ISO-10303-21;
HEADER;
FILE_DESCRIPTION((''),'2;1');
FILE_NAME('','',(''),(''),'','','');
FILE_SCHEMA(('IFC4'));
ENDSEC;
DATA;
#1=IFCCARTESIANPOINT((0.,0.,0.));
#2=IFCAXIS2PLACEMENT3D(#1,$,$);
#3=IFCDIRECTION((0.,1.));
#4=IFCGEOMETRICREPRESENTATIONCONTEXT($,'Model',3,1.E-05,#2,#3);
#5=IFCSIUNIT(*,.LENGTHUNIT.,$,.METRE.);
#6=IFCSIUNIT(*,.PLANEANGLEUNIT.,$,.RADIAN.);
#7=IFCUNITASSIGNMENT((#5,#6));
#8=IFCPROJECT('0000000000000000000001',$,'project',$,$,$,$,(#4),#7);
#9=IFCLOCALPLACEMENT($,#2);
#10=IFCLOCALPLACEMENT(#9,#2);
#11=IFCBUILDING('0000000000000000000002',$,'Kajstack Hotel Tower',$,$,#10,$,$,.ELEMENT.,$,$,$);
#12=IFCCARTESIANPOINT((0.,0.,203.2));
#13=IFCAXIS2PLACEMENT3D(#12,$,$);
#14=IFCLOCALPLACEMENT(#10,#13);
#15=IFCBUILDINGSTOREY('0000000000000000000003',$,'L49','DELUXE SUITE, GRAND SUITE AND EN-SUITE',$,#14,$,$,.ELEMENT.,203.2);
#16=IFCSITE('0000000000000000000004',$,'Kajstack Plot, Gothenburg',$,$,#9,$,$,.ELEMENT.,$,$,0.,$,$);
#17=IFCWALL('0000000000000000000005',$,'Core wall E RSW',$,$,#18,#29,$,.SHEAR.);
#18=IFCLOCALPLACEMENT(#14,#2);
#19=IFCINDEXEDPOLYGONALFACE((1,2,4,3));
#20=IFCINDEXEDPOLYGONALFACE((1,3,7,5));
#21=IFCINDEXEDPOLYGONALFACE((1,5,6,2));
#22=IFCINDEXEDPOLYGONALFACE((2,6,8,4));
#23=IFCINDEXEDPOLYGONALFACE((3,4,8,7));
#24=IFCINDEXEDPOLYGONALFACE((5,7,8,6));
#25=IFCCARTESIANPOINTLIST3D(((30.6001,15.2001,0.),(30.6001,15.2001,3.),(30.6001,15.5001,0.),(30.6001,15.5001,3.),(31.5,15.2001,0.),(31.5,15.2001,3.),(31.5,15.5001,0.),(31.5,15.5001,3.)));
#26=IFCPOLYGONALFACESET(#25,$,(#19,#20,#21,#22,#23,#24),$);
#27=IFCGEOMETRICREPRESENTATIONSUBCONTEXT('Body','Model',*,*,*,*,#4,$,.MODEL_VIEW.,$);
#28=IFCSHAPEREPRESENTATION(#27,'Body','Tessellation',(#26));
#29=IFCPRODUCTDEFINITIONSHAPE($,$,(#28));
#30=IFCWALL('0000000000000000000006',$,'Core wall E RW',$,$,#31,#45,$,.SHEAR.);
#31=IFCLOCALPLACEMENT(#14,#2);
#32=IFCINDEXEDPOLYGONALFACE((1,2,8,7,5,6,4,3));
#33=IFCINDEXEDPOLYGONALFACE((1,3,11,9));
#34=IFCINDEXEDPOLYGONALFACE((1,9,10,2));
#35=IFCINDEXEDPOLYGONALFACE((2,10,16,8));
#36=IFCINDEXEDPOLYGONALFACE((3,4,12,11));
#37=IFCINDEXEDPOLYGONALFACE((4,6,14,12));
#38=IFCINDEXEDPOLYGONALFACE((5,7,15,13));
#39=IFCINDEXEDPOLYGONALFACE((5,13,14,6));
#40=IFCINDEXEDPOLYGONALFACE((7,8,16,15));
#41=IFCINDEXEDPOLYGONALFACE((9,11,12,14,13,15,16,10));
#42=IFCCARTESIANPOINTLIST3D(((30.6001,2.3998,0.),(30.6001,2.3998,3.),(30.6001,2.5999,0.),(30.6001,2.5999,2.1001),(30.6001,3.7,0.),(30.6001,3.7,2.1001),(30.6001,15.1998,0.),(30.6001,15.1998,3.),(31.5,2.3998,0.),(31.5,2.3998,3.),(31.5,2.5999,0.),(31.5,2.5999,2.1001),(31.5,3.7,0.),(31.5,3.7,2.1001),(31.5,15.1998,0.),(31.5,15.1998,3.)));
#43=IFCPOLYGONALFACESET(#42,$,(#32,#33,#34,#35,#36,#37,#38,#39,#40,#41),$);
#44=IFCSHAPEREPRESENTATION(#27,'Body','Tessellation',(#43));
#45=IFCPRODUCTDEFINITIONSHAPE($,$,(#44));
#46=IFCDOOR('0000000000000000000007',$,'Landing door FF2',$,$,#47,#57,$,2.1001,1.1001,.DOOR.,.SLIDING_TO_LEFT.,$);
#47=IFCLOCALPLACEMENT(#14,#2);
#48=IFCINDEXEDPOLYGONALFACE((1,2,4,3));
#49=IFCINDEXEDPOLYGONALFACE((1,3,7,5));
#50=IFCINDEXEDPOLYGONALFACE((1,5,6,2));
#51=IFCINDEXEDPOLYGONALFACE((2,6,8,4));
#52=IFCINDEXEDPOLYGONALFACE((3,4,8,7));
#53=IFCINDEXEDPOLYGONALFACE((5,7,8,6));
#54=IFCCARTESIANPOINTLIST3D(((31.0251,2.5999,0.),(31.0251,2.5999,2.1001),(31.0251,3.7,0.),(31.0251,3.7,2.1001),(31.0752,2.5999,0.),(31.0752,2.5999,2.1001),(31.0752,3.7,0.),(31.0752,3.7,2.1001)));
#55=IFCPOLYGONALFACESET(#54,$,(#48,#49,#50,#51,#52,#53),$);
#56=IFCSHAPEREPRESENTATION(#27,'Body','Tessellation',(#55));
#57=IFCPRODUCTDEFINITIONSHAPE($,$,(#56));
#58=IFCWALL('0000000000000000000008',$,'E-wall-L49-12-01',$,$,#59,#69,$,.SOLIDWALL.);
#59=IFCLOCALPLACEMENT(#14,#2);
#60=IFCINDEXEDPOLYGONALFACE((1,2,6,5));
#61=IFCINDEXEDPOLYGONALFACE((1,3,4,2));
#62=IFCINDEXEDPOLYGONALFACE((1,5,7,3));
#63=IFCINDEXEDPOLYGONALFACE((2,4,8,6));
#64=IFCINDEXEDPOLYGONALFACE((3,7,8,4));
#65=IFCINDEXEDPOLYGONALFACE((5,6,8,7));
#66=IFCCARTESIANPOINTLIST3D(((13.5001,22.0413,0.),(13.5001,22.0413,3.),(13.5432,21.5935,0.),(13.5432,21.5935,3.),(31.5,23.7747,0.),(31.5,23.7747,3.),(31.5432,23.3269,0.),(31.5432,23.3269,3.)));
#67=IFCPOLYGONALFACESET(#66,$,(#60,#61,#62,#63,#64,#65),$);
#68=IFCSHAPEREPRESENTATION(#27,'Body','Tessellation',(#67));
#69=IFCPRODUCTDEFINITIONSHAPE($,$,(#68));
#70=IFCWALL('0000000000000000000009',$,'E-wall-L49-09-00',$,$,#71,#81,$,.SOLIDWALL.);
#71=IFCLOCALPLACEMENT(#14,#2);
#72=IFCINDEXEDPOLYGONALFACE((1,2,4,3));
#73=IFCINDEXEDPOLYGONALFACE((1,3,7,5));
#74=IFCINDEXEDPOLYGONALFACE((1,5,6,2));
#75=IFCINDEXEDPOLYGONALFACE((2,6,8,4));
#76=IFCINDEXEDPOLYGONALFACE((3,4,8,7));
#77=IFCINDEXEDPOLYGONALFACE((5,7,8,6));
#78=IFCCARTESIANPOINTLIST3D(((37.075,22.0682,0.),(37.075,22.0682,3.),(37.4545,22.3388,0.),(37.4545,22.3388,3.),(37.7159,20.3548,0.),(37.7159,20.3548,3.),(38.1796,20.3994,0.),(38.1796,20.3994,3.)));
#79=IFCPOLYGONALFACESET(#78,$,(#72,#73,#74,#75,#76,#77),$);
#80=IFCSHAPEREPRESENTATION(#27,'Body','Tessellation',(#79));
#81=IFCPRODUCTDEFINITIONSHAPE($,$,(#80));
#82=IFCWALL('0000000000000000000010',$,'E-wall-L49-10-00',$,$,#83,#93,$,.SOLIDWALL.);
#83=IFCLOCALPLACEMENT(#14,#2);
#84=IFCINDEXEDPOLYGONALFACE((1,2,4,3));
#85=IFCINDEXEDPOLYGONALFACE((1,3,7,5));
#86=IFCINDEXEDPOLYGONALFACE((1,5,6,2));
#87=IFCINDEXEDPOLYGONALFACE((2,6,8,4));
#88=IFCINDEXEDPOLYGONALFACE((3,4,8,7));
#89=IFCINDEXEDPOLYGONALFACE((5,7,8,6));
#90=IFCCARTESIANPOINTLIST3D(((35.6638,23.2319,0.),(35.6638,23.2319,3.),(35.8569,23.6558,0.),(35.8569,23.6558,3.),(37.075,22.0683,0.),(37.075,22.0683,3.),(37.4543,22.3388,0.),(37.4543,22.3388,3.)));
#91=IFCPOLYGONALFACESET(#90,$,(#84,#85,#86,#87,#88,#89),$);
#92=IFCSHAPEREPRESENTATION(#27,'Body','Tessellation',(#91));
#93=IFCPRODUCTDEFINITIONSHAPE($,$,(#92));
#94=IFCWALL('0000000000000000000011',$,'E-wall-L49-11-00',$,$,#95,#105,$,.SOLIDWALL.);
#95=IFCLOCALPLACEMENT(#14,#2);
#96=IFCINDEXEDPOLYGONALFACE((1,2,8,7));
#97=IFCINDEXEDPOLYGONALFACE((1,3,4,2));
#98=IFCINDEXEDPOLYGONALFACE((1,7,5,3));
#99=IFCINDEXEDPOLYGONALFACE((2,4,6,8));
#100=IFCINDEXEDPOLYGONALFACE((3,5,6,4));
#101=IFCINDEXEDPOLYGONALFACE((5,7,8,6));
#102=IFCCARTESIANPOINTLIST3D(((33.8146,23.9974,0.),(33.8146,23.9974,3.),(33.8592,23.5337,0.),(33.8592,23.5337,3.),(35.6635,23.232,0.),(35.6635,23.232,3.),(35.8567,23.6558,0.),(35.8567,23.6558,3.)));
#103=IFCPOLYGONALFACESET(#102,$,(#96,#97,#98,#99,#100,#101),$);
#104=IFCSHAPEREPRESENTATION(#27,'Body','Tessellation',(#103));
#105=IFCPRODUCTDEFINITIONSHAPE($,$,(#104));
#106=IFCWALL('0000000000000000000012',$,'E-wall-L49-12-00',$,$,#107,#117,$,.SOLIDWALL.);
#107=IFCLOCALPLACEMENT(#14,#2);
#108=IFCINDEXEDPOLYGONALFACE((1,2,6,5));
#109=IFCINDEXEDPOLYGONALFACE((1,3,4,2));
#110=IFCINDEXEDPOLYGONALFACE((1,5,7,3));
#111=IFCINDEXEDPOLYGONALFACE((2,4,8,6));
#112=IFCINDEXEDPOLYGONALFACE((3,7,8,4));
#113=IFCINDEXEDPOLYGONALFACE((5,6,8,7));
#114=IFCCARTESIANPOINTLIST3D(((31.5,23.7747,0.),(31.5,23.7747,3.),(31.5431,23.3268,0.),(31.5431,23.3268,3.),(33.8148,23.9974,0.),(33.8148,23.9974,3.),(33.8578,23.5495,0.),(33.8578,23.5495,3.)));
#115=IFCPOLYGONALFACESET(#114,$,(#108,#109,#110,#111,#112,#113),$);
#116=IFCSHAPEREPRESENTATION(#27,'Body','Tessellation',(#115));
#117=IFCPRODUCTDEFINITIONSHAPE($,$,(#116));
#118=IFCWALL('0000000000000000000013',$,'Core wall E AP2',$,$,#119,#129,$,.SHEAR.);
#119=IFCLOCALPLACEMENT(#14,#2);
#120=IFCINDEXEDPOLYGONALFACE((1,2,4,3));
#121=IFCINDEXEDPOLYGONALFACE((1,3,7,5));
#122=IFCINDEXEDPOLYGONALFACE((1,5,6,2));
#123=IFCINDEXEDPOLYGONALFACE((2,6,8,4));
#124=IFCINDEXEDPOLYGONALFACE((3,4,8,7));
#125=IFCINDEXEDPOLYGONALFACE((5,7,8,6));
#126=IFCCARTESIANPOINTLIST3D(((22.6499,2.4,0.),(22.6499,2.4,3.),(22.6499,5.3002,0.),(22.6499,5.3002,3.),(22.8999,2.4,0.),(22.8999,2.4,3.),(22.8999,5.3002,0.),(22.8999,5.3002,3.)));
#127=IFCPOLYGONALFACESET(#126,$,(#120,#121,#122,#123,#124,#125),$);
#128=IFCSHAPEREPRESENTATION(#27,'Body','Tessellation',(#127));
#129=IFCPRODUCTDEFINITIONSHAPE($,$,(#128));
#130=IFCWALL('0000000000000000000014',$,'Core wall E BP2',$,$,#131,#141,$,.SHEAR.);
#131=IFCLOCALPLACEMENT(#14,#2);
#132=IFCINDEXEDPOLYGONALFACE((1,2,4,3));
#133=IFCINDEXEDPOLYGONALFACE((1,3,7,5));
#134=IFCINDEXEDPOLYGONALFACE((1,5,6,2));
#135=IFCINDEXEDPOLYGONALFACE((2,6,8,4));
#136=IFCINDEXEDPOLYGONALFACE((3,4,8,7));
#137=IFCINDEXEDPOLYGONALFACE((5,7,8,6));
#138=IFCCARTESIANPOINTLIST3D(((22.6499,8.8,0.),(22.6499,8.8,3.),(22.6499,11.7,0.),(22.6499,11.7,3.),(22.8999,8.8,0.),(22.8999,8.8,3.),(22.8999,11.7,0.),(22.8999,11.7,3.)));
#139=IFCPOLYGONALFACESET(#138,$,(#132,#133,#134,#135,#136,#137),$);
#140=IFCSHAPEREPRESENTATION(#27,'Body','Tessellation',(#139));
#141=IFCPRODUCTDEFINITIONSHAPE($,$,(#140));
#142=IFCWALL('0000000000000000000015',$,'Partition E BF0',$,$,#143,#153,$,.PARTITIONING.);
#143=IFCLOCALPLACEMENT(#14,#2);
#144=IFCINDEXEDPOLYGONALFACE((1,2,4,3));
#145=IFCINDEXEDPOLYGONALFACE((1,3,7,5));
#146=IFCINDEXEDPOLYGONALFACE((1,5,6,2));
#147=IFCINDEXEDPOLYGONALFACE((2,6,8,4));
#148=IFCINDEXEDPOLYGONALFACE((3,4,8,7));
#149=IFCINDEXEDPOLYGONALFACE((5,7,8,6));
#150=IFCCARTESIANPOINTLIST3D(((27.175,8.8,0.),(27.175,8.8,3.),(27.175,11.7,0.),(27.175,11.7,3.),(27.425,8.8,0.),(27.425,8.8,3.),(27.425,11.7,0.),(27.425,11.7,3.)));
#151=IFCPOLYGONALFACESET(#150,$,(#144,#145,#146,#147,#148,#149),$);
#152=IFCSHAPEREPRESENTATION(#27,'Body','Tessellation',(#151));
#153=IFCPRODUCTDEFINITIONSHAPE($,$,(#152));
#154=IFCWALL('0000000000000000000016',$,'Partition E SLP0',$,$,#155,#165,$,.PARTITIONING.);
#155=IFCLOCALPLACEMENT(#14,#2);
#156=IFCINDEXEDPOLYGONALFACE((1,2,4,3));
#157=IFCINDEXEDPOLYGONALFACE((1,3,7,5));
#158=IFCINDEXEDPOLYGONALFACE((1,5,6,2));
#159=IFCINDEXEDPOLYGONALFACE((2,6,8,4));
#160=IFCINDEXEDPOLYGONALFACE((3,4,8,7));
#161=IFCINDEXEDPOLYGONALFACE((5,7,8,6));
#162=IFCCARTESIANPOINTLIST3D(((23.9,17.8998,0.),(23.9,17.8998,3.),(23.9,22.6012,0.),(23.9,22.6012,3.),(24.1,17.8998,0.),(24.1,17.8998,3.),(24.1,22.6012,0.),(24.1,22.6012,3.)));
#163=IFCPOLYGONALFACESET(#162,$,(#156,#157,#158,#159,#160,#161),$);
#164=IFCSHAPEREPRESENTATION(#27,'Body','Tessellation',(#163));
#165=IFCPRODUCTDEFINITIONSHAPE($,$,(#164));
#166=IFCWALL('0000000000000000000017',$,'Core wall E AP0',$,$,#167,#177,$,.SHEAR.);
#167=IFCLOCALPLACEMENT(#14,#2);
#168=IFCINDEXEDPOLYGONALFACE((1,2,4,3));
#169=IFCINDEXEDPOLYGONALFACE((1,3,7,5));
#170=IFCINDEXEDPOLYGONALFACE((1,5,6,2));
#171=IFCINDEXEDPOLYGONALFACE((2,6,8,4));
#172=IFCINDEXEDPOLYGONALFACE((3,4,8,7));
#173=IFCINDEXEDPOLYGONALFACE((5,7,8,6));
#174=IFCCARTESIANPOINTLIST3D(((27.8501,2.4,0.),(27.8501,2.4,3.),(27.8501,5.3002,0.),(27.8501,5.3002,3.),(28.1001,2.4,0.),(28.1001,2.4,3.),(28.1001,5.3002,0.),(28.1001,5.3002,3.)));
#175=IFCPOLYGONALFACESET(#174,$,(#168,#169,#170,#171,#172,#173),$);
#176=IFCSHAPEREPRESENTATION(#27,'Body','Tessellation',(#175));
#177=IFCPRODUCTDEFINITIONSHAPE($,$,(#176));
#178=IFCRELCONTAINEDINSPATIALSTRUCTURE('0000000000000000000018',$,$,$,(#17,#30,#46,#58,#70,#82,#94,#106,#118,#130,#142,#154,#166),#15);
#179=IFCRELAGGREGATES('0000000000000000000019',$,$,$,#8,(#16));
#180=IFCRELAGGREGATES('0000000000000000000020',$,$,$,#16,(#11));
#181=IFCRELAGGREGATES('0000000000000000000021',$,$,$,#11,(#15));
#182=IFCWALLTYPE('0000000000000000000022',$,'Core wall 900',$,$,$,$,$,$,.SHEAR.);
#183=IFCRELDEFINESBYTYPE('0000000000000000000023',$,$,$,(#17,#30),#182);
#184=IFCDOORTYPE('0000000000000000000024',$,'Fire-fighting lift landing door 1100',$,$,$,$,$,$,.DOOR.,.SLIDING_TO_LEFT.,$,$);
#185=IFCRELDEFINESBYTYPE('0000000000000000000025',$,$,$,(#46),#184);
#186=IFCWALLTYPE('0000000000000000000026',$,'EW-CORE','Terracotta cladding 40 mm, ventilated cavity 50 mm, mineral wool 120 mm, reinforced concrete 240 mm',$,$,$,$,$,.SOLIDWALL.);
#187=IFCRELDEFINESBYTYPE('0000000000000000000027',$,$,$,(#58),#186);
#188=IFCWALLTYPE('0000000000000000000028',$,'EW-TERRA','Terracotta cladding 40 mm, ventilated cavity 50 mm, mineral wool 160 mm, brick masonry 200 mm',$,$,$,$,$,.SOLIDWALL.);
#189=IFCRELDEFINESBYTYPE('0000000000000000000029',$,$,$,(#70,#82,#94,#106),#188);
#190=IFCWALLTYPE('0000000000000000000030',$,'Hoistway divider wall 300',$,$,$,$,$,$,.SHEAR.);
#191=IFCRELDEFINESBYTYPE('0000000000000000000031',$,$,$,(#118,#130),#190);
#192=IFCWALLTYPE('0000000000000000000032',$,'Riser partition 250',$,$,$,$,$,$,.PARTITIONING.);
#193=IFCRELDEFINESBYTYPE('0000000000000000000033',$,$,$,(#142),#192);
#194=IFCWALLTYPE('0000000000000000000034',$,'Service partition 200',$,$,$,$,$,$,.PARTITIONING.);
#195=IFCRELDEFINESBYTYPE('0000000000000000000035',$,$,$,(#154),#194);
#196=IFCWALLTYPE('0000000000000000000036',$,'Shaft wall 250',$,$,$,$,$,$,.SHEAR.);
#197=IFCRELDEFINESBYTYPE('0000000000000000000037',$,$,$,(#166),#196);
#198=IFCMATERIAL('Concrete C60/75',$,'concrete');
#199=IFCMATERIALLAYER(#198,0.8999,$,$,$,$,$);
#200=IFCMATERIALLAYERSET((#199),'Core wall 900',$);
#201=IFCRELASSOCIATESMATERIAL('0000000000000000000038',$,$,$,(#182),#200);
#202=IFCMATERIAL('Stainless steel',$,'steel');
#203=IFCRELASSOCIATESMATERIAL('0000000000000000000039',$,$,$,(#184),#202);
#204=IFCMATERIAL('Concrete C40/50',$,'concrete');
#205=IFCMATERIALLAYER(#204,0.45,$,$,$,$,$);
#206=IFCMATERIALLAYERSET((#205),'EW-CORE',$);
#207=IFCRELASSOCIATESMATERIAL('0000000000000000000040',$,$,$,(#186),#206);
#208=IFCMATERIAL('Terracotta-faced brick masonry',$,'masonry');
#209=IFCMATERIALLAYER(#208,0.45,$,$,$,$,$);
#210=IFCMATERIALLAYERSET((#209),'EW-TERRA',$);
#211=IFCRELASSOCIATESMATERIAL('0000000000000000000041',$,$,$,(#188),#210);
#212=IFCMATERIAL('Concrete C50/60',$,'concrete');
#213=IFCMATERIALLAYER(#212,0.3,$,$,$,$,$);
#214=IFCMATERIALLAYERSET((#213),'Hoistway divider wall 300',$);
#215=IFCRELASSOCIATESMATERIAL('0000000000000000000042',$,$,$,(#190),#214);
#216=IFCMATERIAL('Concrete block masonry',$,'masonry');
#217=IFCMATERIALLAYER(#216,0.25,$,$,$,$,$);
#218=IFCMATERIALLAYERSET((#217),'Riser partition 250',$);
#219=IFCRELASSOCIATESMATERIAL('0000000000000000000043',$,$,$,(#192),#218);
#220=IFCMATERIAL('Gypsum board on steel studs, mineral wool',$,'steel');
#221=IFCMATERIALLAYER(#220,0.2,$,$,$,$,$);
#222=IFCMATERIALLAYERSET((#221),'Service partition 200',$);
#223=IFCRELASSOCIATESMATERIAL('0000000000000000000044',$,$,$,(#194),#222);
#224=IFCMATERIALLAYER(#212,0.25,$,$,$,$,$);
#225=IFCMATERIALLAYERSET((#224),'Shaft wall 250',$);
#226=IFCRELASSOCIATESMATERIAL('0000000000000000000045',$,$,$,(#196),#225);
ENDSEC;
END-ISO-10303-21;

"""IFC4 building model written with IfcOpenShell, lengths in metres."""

from ifc_helpers import new_model, si_unit, direction, frame, frame_2d, origin, place, context, subcontext, project, spatial, polyline, rectangle, outline, extrude, material, layer, layer_set, type_object, element, fill, save


model = new_model("IFC4")

# Units and contexts
model_context = context("Model", 3, precision=1e-05, world=origin(), true_north=direction((0.0, 1.0)))
body_context = subcontext(model_context, "Body", "Model", "MODEL_VIEW")
ifc_project = project(units=[si_unit("LENGTHUNIT", "METRE"), si_unit("PLANEANGLEUNIT", "RADIAN")], contexts=[model_context])

# Site, building, storey
site_placement = place(None, origin())
site = spatial("IfcSite", under=ifc_project, at=site_placement, Name="Kajstack Plot, Gothenburg", CompositionType="ELEMENT", RefElevation=0.0)
building_placement = place(site_placement, origin())
building = spatial("IfcBuilding", under=site, at=building_placement, Name="Kajstack Hotel Tower", CompositionType="ELEMENT")
storey_placement = place(building_placement, frame((0.0, 0.0, 203.2)))
storey = spatial("IfcBuildingStorey", under=building, at=storey_placement, Name="L49", Description="DELUXE SUITE, GRAND SUITE AND EN-SUITE", CompositionType="ELEMENT", Elevation=203.2)

# Wall
ifc_material_1 = material(Name="Concrete C60/75", Category="concrete")
ifc_layer_1 = layer(ifc_material_1, 0.8999)
ifc_layer_set_1 = layer_set([ifc_layer_1], Name="Core wall 900")
wall_type_1 = type_object("IfcWallType", Name="Core wall 900", PredefinedType="SHEAR", material=ifc_layer_set_1)
wall_1_placement = place(storey_placement, frame((30.6001, 15.3501, 0.0), z_axis=(0.0, 0.0, 1.0), x_axis=(1.0, 0.0, 0.0)))
element("IfcWall", 1, at=wall_1_placement, inside=storey, type_object=wall_type_1, Name="Core wall E RSW", PredefinedType="SHEAR", context=body_context, shape_type="SweptSolid", body=[
    extrude(rectangle(XDim=0.8999, YDim=0.3, at=frame_2d((0.45, 0.0))), origin(), (0.0, 0.0, 1.0), 3.0),
])

# Wall, opening, door
wall_2_placement = place(storey_placement, frame((31.05, 2.3999, 0.0), z_axis=(0.0, 0.0, 1.0), x_axis=(0.0, 1.0, 0.0)))
wall_2 = element("IfcWall", 2, at=wall_2_placement, inside=storey, type_object=wall_type_1, Name="Core wall E RW", PredefinedType="SHEAR", context=body_context, shape_type="SweptSolid", body=[
    extrude(rectangle(XDim=12.8, YDim=0.8999, at=frame_2d((6.3999, 0.0))), origin(), (0.0, 0.0, 1.0), 3.0),
])
opening_1_placement = place(wall_2_placement, frame((0.2, 0.0, 0.0)))
opening_1 = element("IfcOpeningElement", 3, at=opening_1_placement, cuts=wall_2, PredefinedType="OPENING", context=body_context, shape_type="SweptSolid", body=[
    extrude(rectangle(XDim=1.1001, YDim=2.1001, at=frame_2d((0.55, 1.05))), frame((0.0, 0.46, 0.0), z_axis=(0.0, -1.0, 0.0), x_axis=(1.0, 0.0, 0.0)), (0.0, 0.0, 1.0), 0.9199),
])
ifc_material_2 = material(Name="Stainless steel", Category="steel")
door_type_1 = type_object("IfcDoorType", Name="Fire-fighting lift landing door 1100", OperationType="SLIDING_TO_LEFT", PredefinedType="DOOR", material=ifc_material_2)
door_1_placement = place(opening_1_placement, origin())
door_1 = element("IfcDoor", 4, at=door_1_placement, inside=storey, type_object=door_type_1, Name="Landing door FF2", OperationType="SLIDING_TO_LEFT", OverallHeight=2.1001, OverallWidth=1.1001, PredefinedType="DOOR", context=body_context, shape_type="SweptSolid", body=[
    extrude(rectangle(XDim=1.1001, YDim=2.1001, at=frame_2d((0.55, 1.05))), frame((0.0, 0.0249, 0.0), z_axis=(0.0, -1.0, 0.0), x_axis=(1.0, 0.0, 0.0)), (0.0, 0.0, 1.0), 0.05),
])
fill(opening_1, door_1)

# Walls
ifc_material_3 = material(Name="Concrete C40/50", Category="concrete")
ifc_layer_2 = layer(ifc_material_3, 0.45)
ifc_layer_set_2 = layer_set([ifc_layer_2], Name="EW-CORE")
wall_type_2 = type_object("IfcWallType", Name="EW-CORE", Description="Terracotta cladding 40 mm, ventilated cavity 50 mm, mineral wool 120 mm, reinforced concrete 240 mm", PredefinedType="SOLIDWALL", material=ifc_layer_set_2)
wall_3_placement = place(storey_placement, frame((31.5215, 23.5508, 0.0), z_axis=(0.0, 0.0, 1.0), x_axis=(-0.995395, -0.095856, 0.0)))
element("IfcWall", 5, at=wall_3_placement, inside=storey, type_object=wall_type_2, Name="E-wall-L49-12-01", PredefinedType="SOLIDWALL", context=body_context, shape_type="SweptSolid", body=[
    extrude(rectangle(XDim=18.0833, YDim=0.45, at=frame_2d((9.0415, 0.0))), origin(), (0.0, 0.0, 1.0), 3.0),
])
ifc_material_4 = material(Name="Terracotta-faced brick masonry", Category="masonry")
ifc_layer_3 = layer(ifc_material_4, 0.45)
ifc_layer_set_3 = layer_set([ifc_layer_3], Name="EW-TERRA")
wall_type_3 = type_object("IfcWallType", Name="EW-TERRA", Description="Terracotta cladding 40 mm, ventilated cavity 50 mm, mineral wool 160 mm, brick masonry 200 mm", PredefinedType="SOLIDWALL", material=ifc_layer_set_3)
wall_4_placement = place(storey_placement, frame((37.9688, 20.3206, 0.0), z_axis=(0.0, 0.0, 1.0), x_axis=(-0.350193, 0.936678, 0.0)))
element("IfcWall", 6, at=wall_4_placement, inside=storey, type_object=wall_type_3, Name="E-wall-L49-09-00", PredefinedType="SOLIDWALL", context=body_context, shape_type="SweptSolid", body=[
    extrude(outline(polyline([(0.0, -0.2251), (2.0706, -0.2251), (1.95, 0.2251), (0.1206, 0.2249), (0.0, -0.2251)])), origin(), (0.0, 0.0, 1.0), 3.0),
])
wall_5_placement = place(storey_placement, frame((37.3113, 22.1653, 0.0), z_axis=(0.0, 0.0, 1.0), x_axis=(-0.771651, 0.636046, 0.0)))
element("IfcWall", 7, at=wall_5_placement, inside=storey, type_object=wall_type_3, Name="E-wall-L49-10-00", PredefinedType="SOLIDWALL", context=body_context, shape_type="SweptSolid", body=[
    extrude(outline(polyline([(0.0, -0.2249), (2.0703, -0.2251), (1.9497, 0.2249), (0.1206, 0.2251), (0.0, -0.2249)])), origin(), (0.0, 0.0, 1.0), 3.0),
])
wall_6_placement = place(storey_placement, frame((35.8196, 23.4338, 0.0), z_axis=(0.0, 0.0, 1.0), x_axis=(-0.986279, 0.165087, 0.0)))
element("IfcWall", 8, at=wall_6_placement, inside=storey, type_object=wall_type_3, Name="E-wall-L49-11-00", PredefinedType="SOLIDWALL", context=body_context, shape_type="SweptSolid", body=[
    extrude(outline(polyline([(0.0, -0.2251), (2.0706, -0.2249), (1.95, 0.2251), (0.1206, 0.2249), (0.0, -0.2251)])), origin(), (0.0, 0.0, 1.0), 3.0),
])
wall_7_placement = place(storey_placement, frame((33.8362, 23.7734, 0.0), z_axis=(0.0, 0.0, 1.0), x_axis=(-0.995405, -0.09575, 0.0)))
element("IfcWall", 9, at=wall_7_placement, inside=storey, type_object=wall_type_3, Name="E-wall-L49-12-00", PredefinedType="SOLIDWALL", context=body_context, shape_type="SweptSolid", body=[
    extrude(rectangle(XDim=2.3254, YDim=0.45, at=frame_2d((1.1626, 0.0))), origin(), (0.0, 0.0, 1.0), 3.0),
])
ifc_material_5 = material(Name="Concrete C50/60", Category="concrete")
ifc_layer_4 = layer(ifc_material_5, 0.3)
ifc_layer_set_4 = layer_set([ifc_layer_4], Name="Hoistway divider wall 300")
wall_type_4 = type_object("IfcWallType", Name="Hoistway divider wall 300", PredefinedType="SHEAR", material=ifc_layer_set_4)
wall_8_placement = place(storey_placement, frame((22.7749, 2.3999, 0.0), z_axis=(0.0, 0.0, 1.0), x_axis=(0.0, 1.0, 0.0)))
element("IfcWall", 10, at=wall_8_placement, inside=storey, type_object=wall_type_4, Name="Core wall E AP2", PredefinedType="SHEAR", context=body_context, shape_type="SweptSolid", body=[
    extrude(rectangle(XDim=2.9001, YDim=0.25, at=frame_2d((1.4502, 0.0))), origin(), (0.0, 0.0, 1.0), 3.0),
])
wall_9_placement = place(storey_placement, frame((22.7749, 8.8, 0.0), z_axis=(0.0, 0.0, 1.0), x_axis=(0.0, 1.0, 0.0)))
element("IfcWall", 11, at=wall_9_placement, inside=storey, type_object=wall_type_4, Name="Core wall E BP2", PredefinedType="SHEAR", context=body_context, shape_type="SweptSolid", body=[
    extrude(rectangle(XDim=2.8999, YDim=0.25, at=frame_2d((1.45, 0.0))), origin(), (0.0, 0.0, 1.0), 3.0),
])
ifc_material_6 = material(Name="Concrete block masonry", Category="masonry")
ifc_layer_5 = layer(ifc_material_6, 0.25)
ifc_layer_set_5 = layer_set([ifc_layer_5], Name="Riser partition 250")
wall_type_5 = type_object("IfcWallType", Name="Riser partition 250", PredefinedType="PARTITIONING", material=ifc_layer_set_5)
wall_10_placement = place(storey_placement, frame((27.3, 8.8, 0.0), z_axis=(0.0, 0.0, 1.0), x_axis=(0.0, 1.0, 0.0)))
element("IfcWall", 12, at=wall_10_placement, inside=storey, type_object=wall_type_5, Name="Partition E BF0", PredefinedType="PARTITIONING", context=body_context, shape_type="SweptSolid", body=[
    extrude(rectangle(XDim=2.8999, YDim=0.25, at=frame_2d((1.45, 0.0))), origin(), (0.0, 0.0, 1.0), 3.0),
])
ifc_material_7 = material(Name="Gypsum board on steel studs, mineral wool", Category="steel")
ifc_layer_6 = layer(ifc_material_7, 0.2)
ifc_layer_set_6 = layer_set([ifc_layer_6], Name="Service partition 200")
wall_type_6 = type_object("IfcWallType", Name="Service partition 200", PredefinedType="PARTITIONING", material=ifc_layer_set_6)
wall_11_placement = place(storey_placement, frame((24.0, 17.8999, 0.0), z_axis=(0.0, 0.0, 1.0), x_axis=(0.0, 1.0, 0.0)))
element("IfcWall", 13, at=wall_11_placement, inside=storey, type_object=wall_type_6, Name="Partition E SLP0", PredefinedType="PARTITIONING", context=body_context, shape_type="SweptSolid", body=[
    extrude(rectangle(XDim=4.7014, YDim=0.2, at=frame_2d((2.3506, 0.0))), origin(), (0.0, 0.0, 1.0), 3.0),
])
ifc_layer_7 = layer(ifc_material_5, 0.25)
ifc_layer_set_7 = layer_set([ifc_layer_7], Name="Shaft wall 250")
wall_type_7 = type_object("IfcWallType", Name="Shaft wall 250", PredefinedType="SHEAR", material=ifc_layer_set_7)
wall_12_placement = place(storey_placement, frame((27.9751, 2.3999, 0.0), z_axis=(0.0, 0.0, 1.0), x_axis=(0.0, 1.0, 0.0)))
element("IfcWall", 14, at=wall_12_placement, inside=storey, type_object=wall_type_7, Name="Core wall E AP0", PredefinedType="SHEAR", context=body_context, shape_type="SweptSolid", body=[
    extrude(rectangle(XDim=2.9001, YDim=0.25, at=frame_2d((1.4502, 0.0))), origin(), (0.0, 0.0, 1.0), 3.0),
])

save(model, "model.ifc")
